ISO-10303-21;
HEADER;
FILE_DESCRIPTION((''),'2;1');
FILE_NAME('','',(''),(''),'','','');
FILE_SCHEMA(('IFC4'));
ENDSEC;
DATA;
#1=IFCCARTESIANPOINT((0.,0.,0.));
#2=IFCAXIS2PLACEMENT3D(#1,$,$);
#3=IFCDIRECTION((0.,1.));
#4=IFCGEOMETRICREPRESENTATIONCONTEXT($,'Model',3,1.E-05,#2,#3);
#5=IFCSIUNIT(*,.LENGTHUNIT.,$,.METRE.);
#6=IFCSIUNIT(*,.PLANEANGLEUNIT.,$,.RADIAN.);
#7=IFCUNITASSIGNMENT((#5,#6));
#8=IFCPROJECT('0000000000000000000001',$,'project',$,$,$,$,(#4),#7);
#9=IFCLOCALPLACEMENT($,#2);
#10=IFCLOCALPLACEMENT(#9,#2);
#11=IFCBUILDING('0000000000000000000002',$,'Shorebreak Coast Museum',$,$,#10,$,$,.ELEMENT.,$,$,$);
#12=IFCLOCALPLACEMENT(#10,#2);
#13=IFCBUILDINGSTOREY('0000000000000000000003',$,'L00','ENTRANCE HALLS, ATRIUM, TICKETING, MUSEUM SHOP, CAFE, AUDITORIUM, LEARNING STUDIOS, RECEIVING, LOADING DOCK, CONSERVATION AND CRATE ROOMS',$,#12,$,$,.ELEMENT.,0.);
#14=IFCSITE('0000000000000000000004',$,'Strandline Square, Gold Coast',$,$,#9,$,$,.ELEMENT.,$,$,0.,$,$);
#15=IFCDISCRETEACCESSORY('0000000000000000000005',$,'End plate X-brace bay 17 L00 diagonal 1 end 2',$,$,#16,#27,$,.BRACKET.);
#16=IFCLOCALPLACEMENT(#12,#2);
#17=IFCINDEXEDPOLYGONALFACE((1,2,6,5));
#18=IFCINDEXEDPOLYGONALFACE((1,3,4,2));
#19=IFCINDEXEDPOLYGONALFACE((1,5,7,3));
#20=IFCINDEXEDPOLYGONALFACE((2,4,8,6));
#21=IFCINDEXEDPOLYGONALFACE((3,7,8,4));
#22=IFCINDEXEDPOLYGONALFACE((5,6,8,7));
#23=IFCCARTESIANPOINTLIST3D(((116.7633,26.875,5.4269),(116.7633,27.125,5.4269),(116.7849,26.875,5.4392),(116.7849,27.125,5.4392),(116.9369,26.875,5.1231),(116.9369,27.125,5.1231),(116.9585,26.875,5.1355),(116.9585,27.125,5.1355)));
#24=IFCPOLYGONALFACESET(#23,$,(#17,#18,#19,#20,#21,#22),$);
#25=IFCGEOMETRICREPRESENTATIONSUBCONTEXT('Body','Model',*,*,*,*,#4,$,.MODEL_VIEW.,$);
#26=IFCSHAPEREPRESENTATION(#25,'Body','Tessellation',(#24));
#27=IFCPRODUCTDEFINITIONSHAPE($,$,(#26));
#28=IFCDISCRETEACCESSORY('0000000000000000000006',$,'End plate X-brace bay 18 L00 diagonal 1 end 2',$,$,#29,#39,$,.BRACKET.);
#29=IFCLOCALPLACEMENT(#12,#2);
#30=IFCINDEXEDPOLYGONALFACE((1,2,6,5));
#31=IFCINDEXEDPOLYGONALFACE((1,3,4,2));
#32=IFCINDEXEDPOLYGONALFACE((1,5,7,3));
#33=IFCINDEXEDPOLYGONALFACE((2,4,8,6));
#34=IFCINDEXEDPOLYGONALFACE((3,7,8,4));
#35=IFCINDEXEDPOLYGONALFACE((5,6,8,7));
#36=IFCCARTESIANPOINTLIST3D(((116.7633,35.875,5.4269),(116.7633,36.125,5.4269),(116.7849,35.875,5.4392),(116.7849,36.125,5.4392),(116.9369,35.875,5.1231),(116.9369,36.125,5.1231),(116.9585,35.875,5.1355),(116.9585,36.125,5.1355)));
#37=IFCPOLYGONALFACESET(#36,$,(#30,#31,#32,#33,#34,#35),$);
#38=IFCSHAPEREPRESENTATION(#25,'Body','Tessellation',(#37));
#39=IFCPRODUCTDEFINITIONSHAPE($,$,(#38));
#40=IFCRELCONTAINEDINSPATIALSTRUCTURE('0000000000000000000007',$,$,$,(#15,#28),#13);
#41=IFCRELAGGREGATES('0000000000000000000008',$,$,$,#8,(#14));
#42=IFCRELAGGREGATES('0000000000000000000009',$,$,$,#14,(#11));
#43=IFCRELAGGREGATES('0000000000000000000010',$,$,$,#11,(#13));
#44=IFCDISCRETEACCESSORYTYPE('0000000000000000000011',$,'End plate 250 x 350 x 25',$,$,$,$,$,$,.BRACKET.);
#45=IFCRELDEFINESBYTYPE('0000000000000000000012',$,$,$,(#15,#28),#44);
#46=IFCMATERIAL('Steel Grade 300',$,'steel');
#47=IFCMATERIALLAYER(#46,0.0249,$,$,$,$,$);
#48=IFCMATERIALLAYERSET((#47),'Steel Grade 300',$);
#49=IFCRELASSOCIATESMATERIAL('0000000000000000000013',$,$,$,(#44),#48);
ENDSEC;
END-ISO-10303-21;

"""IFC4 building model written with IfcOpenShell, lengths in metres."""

from ifc_helpers import new_model, si_unit, direction, frame, origin, place, context, subcontext, project, spatial, polyline, outline, extrude, material, layer, layer_set, type_object, element, save


model = new_model("IFC4")

# Units and contexts
model_context = context("Model", 3, precision=1e-05, world=origin(), true_north=direction((0.0, 1.0)))
body_context = subcontext(model_context, "Body", "Model", "MODEL_VIEW")
ifc_project = project(units=[si_unit("LENGTHUNIT", "METRE"), si_unit("PLANEANGLEUNIT", "RADIAN")], contexts=[model_context])

# Site, building, storey
site_placement = place(None, origin())
site = spatial("IfcSite", under=ifc_project, at=site_placement, Name="Strandline Square, Gold Coast", CompositionType="ELEMENT", RefElevation=0.0)
building_placement = place(site_placement, origin())
building = spatial("IfcBuilding", under=site, at=building_placement, Name="Shorebreak Coast Museum", CompositionType="ELEMENT")
storey_placement = place(building_placement, origin())
storey = spatial("IfcBuildingStorey", under=building, at=storey_placement, Name="L00", Description="ENTRANCE HALLS, ATRIUM, TICKETING, MUSEUM SHOP, CAFE, AUDITORIUM, LEARNING STUDIOS, RECEIVING, LOADING DOCK, CONSERVATION AND CRATE ROOMS", CompositionType="ELEMENT", Elevation=0.0)

# Discrete accessories
ifc_material_1 = material(Name="Steel Grade 300", Category="steel")
ifc_layer_1 = layer(ifc_material_1, 0.0249)
ifc_layer_set_1 = layer_set([ifc_layer_1], Name="Steel Grade 300")
discrete_accessory_type = type_object("IfcDiscreteAccessoryType", Name="End plate 250 x 350 x 25", PredefinedType="BRACKET", material=ifc_layer_set_1)
for number, where, z_axis, x_axis, name in (
    (1, (116.9585, 26.875, 5.1355), (0.8682, 0.0, 0.496214), (0.0, 1.0, 0.0), "End plate X-brace bay 17 L00 diagonal 1 end 2"),
    (2, (116.9585, 35.875, 5.1355), (0.8682, 0.0, 0.496214), (0.0, 1.0, 0.0), "End plate X-brace bay 18 L00 diagonal 1 end 2"),
):
    element("IfcDiscreteAccessory", number, at=place(storey_placement, frame(where, z_axis=z_axis, x_axis=x_axis)), inside=storey, type_object=discrete_accessory_type, Name=name, PredefinedType="BRACKET", context=body_context, shape_type="SweptSolid", body=[
        extrude(outline(polyline([(0.0, 0.0), (0.25, 0.0), (0.25, 0.3498), (0.0, 0.3498), (0.0, 0.0)])), origin(), (0.0, 0.0, -1.0), 0.0249),
    ])

save(model, "model.ifc")
